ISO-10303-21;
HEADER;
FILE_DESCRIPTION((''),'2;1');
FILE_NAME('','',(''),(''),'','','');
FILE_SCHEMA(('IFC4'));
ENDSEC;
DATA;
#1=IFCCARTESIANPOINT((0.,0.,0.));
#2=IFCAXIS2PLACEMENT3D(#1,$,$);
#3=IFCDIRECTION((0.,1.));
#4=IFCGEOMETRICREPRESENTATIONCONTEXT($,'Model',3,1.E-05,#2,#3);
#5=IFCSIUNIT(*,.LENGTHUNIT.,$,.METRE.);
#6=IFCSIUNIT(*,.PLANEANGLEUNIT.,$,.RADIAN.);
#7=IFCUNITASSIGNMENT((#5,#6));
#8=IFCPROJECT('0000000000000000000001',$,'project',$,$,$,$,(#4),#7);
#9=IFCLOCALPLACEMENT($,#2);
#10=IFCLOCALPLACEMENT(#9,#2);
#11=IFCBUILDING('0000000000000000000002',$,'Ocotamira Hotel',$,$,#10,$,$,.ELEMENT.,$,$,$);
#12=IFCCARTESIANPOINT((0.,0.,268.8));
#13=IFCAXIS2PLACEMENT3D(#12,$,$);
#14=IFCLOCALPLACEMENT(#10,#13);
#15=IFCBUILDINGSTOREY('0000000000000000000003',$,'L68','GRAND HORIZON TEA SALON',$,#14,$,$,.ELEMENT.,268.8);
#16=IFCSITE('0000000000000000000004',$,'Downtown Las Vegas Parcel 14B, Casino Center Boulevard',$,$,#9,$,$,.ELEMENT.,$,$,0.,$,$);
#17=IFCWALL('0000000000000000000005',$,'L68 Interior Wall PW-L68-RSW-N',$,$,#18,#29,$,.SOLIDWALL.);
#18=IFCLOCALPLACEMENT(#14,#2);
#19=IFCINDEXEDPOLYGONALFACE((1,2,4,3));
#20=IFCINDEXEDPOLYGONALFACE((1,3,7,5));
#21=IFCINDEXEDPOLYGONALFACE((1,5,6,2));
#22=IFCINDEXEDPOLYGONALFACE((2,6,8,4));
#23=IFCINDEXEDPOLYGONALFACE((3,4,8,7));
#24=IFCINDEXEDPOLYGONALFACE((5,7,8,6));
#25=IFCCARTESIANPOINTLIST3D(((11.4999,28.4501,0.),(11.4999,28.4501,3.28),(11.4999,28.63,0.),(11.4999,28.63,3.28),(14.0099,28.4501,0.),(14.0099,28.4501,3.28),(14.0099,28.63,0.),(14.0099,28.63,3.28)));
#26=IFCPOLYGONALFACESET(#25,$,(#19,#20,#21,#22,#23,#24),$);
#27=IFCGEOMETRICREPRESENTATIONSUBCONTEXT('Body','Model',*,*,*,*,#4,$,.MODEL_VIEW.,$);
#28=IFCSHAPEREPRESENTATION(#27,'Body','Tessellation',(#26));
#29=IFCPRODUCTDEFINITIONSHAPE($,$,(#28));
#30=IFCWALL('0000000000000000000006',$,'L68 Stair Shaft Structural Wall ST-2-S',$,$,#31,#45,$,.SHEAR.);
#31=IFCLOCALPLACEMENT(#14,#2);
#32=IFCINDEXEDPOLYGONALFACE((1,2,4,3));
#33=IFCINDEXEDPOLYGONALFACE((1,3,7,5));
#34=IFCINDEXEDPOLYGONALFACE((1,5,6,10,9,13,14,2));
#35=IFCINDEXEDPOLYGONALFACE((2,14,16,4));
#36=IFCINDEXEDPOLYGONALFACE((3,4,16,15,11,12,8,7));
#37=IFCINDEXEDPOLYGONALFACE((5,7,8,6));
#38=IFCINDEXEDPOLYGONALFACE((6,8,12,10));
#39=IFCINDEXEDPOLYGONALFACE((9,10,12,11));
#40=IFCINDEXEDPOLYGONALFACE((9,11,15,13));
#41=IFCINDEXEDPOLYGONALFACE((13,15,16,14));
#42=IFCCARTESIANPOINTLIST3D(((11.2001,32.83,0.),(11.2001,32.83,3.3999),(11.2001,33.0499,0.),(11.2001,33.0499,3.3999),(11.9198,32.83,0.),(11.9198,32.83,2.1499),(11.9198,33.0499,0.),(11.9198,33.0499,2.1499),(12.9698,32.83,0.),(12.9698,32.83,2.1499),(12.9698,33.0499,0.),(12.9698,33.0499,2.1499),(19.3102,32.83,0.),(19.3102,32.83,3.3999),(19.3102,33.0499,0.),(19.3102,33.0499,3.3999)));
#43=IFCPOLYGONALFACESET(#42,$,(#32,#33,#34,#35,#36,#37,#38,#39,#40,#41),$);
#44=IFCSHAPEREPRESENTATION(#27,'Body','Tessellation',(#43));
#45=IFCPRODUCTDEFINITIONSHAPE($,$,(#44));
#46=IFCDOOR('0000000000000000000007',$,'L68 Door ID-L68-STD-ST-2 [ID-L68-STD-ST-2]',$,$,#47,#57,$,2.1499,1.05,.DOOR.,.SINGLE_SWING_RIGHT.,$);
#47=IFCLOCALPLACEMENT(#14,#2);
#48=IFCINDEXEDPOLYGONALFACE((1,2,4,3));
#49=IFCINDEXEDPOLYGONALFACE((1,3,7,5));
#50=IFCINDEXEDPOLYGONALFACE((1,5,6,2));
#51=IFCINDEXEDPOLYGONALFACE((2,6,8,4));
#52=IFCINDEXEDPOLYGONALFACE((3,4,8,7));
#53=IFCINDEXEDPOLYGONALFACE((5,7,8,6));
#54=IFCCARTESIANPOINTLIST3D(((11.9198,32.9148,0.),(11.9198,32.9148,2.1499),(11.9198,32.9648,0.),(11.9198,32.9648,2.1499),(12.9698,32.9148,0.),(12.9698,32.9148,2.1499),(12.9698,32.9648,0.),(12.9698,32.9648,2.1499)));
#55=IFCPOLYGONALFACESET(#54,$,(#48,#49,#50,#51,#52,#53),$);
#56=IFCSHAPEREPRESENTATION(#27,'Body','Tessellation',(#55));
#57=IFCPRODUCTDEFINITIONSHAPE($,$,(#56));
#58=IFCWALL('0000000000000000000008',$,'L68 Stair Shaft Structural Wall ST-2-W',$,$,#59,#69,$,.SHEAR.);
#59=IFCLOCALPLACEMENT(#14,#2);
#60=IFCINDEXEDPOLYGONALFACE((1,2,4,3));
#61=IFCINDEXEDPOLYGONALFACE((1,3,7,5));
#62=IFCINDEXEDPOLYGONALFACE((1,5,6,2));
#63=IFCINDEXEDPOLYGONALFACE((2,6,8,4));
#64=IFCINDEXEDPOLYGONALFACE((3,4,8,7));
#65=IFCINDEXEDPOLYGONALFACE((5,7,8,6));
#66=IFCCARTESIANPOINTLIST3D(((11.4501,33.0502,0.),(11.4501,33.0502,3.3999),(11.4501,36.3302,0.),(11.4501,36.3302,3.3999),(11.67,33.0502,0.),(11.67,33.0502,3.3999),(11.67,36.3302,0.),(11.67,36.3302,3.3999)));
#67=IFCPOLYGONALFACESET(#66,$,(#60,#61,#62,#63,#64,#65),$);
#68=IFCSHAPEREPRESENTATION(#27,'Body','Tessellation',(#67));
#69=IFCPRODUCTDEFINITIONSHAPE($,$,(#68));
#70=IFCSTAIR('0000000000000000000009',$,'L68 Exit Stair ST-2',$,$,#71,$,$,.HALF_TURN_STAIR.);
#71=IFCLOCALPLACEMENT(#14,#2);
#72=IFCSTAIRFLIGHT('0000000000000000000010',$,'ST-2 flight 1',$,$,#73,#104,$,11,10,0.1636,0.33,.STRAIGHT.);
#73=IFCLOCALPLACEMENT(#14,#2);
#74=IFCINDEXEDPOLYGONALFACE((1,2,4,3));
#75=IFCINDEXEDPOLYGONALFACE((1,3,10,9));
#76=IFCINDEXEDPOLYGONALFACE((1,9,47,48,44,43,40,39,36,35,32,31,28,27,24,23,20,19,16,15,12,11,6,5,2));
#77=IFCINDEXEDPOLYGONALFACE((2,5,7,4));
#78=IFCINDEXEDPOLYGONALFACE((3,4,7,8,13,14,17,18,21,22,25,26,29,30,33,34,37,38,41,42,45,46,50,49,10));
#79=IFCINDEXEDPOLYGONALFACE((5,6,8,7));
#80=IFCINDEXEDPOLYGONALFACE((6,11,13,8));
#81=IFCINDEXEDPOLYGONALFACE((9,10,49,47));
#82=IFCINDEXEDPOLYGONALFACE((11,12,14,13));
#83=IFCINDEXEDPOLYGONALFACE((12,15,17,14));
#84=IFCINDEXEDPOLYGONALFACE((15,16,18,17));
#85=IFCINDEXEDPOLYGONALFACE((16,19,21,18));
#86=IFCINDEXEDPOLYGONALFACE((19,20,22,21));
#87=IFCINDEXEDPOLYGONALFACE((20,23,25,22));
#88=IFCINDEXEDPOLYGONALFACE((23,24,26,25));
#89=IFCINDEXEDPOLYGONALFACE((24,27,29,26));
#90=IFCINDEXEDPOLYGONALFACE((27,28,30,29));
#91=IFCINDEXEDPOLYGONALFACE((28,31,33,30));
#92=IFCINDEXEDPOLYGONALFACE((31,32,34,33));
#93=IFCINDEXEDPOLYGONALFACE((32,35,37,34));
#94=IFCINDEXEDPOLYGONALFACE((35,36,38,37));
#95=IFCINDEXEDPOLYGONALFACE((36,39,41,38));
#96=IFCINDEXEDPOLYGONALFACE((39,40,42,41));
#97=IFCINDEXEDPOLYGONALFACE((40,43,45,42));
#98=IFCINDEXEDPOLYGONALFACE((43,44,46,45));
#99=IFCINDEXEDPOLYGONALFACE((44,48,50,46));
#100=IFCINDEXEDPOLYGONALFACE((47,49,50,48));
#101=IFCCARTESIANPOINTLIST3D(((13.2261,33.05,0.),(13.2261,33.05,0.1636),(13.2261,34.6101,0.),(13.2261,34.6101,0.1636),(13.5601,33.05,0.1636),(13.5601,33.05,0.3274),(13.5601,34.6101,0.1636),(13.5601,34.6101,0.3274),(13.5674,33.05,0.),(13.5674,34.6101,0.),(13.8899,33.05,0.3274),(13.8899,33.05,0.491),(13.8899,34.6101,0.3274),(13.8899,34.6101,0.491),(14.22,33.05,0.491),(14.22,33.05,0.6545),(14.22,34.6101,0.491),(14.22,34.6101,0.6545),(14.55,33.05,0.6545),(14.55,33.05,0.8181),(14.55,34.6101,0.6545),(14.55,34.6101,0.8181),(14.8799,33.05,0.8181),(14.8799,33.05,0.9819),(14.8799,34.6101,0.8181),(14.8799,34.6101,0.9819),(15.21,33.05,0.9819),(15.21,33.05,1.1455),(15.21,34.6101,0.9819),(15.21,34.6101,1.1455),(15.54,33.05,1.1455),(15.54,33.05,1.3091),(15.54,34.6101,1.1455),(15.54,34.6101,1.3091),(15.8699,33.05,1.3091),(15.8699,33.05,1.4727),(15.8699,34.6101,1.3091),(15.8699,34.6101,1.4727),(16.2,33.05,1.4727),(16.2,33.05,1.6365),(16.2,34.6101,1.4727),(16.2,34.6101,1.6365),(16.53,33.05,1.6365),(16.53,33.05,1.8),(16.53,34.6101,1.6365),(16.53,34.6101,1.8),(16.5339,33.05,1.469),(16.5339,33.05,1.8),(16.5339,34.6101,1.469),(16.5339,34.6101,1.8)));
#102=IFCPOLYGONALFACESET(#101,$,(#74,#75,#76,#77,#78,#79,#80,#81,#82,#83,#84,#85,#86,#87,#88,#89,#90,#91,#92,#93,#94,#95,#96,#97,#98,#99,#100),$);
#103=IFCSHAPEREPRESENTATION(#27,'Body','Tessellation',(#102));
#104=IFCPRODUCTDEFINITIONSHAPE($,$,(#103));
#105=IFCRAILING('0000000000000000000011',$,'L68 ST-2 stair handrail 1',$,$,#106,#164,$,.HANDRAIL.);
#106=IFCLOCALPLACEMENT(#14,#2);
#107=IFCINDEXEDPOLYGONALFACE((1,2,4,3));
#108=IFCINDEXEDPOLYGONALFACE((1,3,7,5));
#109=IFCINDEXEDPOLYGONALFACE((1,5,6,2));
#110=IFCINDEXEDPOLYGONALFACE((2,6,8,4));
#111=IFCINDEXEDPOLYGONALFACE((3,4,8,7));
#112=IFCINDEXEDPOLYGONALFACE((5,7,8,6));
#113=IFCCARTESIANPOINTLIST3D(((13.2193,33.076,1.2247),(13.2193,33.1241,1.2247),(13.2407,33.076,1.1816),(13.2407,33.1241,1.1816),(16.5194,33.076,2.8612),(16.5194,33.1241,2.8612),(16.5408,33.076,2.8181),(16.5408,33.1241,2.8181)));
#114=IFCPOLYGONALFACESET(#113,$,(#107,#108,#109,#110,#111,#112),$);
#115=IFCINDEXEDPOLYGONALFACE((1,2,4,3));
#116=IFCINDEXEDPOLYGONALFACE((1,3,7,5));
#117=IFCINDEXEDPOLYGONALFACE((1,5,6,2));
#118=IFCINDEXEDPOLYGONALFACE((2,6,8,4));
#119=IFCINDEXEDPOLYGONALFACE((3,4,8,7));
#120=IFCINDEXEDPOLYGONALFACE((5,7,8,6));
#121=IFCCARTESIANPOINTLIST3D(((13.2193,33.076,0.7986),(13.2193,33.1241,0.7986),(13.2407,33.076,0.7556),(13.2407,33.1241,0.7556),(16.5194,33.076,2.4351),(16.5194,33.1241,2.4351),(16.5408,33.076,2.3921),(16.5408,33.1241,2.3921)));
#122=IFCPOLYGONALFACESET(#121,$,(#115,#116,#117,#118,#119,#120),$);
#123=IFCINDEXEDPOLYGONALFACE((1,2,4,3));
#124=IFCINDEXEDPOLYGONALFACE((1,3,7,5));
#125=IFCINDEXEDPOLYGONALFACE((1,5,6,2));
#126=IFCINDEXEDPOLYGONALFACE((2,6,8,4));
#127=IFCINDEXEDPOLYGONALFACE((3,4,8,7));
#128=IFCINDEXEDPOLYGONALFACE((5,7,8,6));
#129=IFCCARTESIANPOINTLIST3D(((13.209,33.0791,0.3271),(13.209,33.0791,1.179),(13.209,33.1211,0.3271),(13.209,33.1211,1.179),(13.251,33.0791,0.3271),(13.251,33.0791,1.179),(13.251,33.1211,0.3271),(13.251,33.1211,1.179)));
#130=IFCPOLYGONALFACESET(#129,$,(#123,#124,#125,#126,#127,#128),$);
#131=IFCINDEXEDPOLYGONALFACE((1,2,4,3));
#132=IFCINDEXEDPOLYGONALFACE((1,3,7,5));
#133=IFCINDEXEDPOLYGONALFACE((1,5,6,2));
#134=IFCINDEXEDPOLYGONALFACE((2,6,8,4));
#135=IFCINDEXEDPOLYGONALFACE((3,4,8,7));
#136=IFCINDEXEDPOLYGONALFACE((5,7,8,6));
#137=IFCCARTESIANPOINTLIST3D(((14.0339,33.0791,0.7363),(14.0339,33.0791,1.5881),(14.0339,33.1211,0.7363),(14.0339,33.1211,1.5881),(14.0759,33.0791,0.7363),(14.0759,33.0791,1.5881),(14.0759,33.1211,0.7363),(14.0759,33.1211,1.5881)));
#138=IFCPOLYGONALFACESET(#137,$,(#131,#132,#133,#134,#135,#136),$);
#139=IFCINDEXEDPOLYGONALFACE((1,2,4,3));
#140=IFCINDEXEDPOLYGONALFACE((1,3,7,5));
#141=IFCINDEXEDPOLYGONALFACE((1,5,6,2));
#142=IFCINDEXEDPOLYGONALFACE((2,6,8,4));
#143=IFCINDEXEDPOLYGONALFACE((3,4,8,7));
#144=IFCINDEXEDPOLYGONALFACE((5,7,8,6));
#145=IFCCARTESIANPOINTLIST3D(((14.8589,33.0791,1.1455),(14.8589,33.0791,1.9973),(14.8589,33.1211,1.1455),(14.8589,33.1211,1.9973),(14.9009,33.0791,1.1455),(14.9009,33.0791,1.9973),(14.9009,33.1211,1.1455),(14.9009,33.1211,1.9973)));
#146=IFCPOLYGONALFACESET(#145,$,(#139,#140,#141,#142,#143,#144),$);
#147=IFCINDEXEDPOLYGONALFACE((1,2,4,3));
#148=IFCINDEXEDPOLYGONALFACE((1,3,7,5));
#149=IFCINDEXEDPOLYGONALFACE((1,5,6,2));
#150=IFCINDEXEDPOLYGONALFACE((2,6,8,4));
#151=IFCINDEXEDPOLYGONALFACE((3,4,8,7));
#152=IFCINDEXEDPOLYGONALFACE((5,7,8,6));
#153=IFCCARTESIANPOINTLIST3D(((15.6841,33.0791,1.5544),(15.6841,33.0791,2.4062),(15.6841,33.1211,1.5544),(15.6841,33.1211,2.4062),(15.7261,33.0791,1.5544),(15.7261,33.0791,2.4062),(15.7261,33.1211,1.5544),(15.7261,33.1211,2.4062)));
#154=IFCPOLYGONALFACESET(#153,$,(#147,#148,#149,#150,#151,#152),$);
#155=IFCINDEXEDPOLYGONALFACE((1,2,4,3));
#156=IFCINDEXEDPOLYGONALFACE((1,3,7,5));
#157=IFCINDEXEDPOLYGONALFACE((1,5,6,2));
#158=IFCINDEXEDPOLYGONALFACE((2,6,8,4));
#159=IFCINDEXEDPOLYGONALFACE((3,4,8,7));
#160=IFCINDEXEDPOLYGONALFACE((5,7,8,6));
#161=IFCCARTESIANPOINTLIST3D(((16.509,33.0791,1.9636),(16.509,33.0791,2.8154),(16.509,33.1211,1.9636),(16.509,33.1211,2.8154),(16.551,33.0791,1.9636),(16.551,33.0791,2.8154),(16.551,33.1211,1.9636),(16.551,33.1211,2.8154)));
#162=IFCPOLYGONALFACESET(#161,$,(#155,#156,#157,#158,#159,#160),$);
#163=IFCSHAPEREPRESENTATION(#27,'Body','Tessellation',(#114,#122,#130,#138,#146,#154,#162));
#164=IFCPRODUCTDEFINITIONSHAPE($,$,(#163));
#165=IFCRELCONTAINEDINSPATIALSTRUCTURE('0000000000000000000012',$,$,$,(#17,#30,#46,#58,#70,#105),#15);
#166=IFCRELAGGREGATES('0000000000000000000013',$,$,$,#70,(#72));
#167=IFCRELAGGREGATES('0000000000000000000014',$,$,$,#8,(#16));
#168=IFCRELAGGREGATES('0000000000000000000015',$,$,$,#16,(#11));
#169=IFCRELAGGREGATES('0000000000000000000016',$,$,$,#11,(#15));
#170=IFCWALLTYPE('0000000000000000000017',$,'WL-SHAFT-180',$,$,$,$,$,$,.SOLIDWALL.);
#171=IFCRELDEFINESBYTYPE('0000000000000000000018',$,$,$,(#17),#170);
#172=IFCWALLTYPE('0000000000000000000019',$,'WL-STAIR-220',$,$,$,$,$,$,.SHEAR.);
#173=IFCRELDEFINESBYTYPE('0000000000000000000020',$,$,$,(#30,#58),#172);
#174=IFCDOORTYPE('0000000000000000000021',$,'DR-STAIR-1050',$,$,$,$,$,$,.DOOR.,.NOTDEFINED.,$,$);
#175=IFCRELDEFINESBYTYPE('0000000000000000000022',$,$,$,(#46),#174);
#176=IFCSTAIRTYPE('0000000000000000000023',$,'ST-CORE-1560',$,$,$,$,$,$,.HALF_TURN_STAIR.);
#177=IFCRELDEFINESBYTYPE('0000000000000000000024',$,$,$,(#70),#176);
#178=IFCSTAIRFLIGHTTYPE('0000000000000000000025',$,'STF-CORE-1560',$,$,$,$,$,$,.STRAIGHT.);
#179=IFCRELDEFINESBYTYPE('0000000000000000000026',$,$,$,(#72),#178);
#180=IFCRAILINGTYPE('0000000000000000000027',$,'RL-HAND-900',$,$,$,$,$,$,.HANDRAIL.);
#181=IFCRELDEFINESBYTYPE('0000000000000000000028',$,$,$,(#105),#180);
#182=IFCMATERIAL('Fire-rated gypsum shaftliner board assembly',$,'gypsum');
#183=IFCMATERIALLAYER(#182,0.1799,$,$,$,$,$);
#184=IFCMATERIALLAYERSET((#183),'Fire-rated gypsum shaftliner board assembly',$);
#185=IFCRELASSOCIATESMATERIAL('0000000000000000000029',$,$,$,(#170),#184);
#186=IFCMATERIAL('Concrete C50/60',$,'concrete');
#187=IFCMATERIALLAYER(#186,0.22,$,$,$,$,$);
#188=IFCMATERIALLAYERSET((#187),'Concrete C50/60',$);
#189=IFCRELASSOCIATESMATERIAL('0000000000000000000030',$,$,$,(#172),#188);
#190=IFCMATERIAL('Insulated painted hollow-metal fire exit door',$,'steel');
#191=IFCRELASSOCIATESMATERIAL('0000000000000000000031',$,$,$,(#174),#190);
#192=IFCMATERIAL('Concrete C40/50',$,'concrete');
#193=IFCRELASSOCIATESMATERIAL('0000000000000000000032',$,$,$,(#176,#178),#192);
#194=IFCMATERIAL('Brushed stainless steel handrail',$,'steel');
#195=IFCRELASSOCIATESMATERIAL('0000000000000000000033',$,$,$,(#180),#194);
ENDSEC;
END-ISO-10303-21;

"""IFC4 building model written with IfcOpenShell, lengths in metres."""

from ifc_helpers import new_model, si_unit, direction, frame, frame_2d, origin, origin_2d, place, context, subcontext, project, spatial, polyline, rectangle, outline, extrude, source, transform, mapped, material, layer, layer_set, type_object, element, fill, aggregate, save


model = new_model("IFC4")

# Units and contexts
model_context = context("Model", 3, precision=1e-05, world=origin(), true_north=direction((0.0, 1.0)))
body_context = subcontext(model_context, "Body", "Model", "MODEL_VIEW")
ifc_project = project(units=[si_unit("LENGTHUNIT", "METRE"), si_unit("PLANEANGLEUNIT", "RADIAN")], contexts=[model_context])

# Site, building, storey
site_placement = place(None, origin())
site = spatial("IfcSite", under=ifc_project, at=site_placement, Name="Downtown Las Vegas Parcel 14B, Casino Center Boulevard", CompositionType="ELEMENT", RefElevation=0.0)
building_placement = place(site_placement, origin())
building = spatial("IfcBuilding", under=site, at=building_placement, Name="Ocotamira Hotel", CompositionType="ELEMENT")
storey_placement = place(building_placement, frame((0.0, 0.0, 268.8)))
storey = spatial("IfcBuildingStorey", under=building, at=storey_placement, Name="L68", Description="GRAND HORIZON TEA SALON", CompositionType="ELEMENT", Elevation=268.8)

# Wall
ifc_material_1 = material(Name="Fire-rated gypsum shaftliner board assembly", Category="gypsum")
ifc_layer_1 = layer(ifc_material_1, 0.1799)
ifc_layer_set_1 = layer_set([ifc_layer_1], Name="Fire-rated gypsum shaftliner board assembly")
wall_type_1 = type_object("IfcWallType", Name="WL-SHAFT-180", PredefinedType="SOLIDWALL", material=ifc_layer_set_1)
for number, where, z_axis, x_axis, name in (
    (1, (11.5, 28.54, 0.0), (0.0, 0.0, 1.0), (1.0, 0.0, 0.0), "L68 Interior Wall PW-L68-RSW-N"),
):
    element("IfcWall", number, at=place(storey_placement, frame(where, z_axis=z_axis, x_axis=x_axis)), inside=storey, type_object=wall_type_1, Name=name, PredefinedType="SOLIDWALL", context=body_context, shape_type="SweptSolid", body=[
        extrude(rectangle(XDim=2.51, YDim=0.1799, at=frame_2d((1.2549, 0.0))), origin(), (0.0, 0.0, 1.0), 3.28),
    ])

# Wall, opening, door
ifc_material_2 = material(Name="Concrete C50/60", Category="concrete")
ifc_layer_2 = layer(ifc_material_2, 0.22)
ifc_layer_set_2 = layer_set([ifc_layer_2], Name="Concrete C50/60")
wall_type_2 = type_object("IfcWallType", Name="WL-STAIR-220", PredefinedType="SHEAR", material=ifc_layer_set_2)
wall_1_placement = place(storey_placement, frame((11.2, 32.9399, 0.0), z_axis=(0.0, 0.0, 1.0), x_axis=(1.0, 0.0, 0.0)))
wall_1 = element("IfcWall", 2, at=wall_1_placement, inside=storey, type_object=wall_type_2, Name="L68 Stair Shaft Structural Wall ST-2-S", PredefinedType="SHEAR", context=body_context, shape_type="SweptSolid", body=[
    extrude(rectangle(XDim=8.1101, YDim=0.22, at=frame_2d((4.0552, 0.0))), origin(), (0.0, 0.0, 1.0), 3.3999),
])
opening_1_placement = place(wall_1_placement, frame((0.72, 0.0, 0.0)))
opening_1 = element("IfcOpeningElement", 3, at=opening_1_placement, cuts=wall_1, PredefinedType="OPENING", context=body_context, shape_type="SweptSolid", body=[
    extrude(rectangle(XDim=1.05, YDim=2.1499, at=frame_2d((0.5249, 1.075))), frame((0.0, 0.1201, 0.0), z_axis=(0.0, -1.0, 0.0), x_axis=(1.0, 0.0, 0.0)), (0.0, 0.0, 1.0), 0.24),
])
ifc_material_3 = material(Name="Insulated painted hollow-metal fire exit door", Category="steel")
door_type_1 = type_object("IfcDoorType", Name="DR-STAIR-1050", OperationType="NOTDEFINED", PredefinedType="DOOR", material=ifc_material_3)
shared_shape_1 = source(origin(), body_context, "Body", "SweptSolid", [
    extrude(rectangle(XDim=1.05, YDim=2.1499, at=frame_2d((0.5249, 1.075))), frame((0.0, 0.0249, 0.0), z_axis=(0.0, -1.0, 0.0), x_axis=(1.0, 0.0, 0.0)), (0.0, 0.0, 1.0), 0.05),
])
door_1_placement = place(opening_1_placement, origin())
door_1 = element("IfcDoor", 4, at=door_1_placement, inside=storey, type_object=door_type_1, Name="L68 Door ID-L68-STD-ST-2 [ID-L68-STD-ST-2]", OperationType="SINGLE_SWING_RIGHT", OverallHeight=2.1499, OverallWidth=1.05, PredefinedType="DOOR", context=body_context, shape_type="MappedRepresentation", body=[
    mapped(shared_shape_1, transform((0.0, 0.0, 0.0), scale=1.0)),
])
fill(opening_1, door_1)

# Wall
wall_2_placement = place(storey_placement, frame((11.5601, 33.05, 0.0), z_axis=(0.0, 0.0, 1.0), x_axis=(0.0, 1.0, 0.0)))
element("IfcWall", 5, at=wall_2_placement, inside=storey, type_object=wall_type_2, Name="L68 Stair Shaft Structural Wall ST-2-W", PredefinedType="SHEAR", context=body_context, shape_type="SweptSolid", body=[
    extrude(rectangle(XDim=3.28, YDim=0.22, at=frame_2d((1.6401, 0.0))), origin(), (0.0, 0.0, 1.0), 3.3999),
])

# Stair, stair flight
ifc_material_4 = material(Name="Concrete C40/50", Category="concrete")
stair_type = type_object("IfcStairType", Name="ST-CORE-1560", PredefinedType="HALF_TURN_STAIR", material=ifc_material_4)
stair_placement = place(storey_placement, origin())
stair = element("IfcStair", 6, at=stair_placement, inside=storey, type_object=stair_type, Name="L68 Exit Stair ST-2", PredefinedType="HALF_TURN_STAIR")
stair_flight_type = type_object("IfcStairFlightType", Name="STF-CORE-1560", PredefinedType="STRAIGHT", material=ifc_material_4)
shared_shape_2 = source(origin(), body_context, "Body", "SweptSolid", [
    extrude(outline(polyline([(-0.0039, 0.0), (-0.0039, 0.1636), (0.3301, 0.1636), (0.3301, 0.3274), (0.6599, 0.3274), (0.6599, 0.491), (0.99, 0.491), (0.99, 0.6545), (1.3201, 0.6545), (1.3201, 0.8181), (1.6499, 0.8181), (1.6499, 0.9819), (1.98, 0.9819), (1.98, 1.1455), (2.3101, 1.1455), (2.3101, 1.3091), (2.6399, 1.3091), (2.6399, 1.4727), (2.97, 1.4727), (2.97, 1.6365), (3.3, 1.6365), (3.3, 1.8), (3.304, 1.8), (3.304, 1.469), (0.3374, 0.0), (-0.0039, 0.0)])), frame((0.0, 0.78, 0.0), z_axis=(0.0, -1.0, 0.0), x_axis=(1.0, 0.0, 0.0)), (0.0, 0.0, 1.0), 1.5601),
])
stair_flight_placement = place(storey_placement, frame((13.23, 33.8301, 0.0), z_axis=(0.0, 0.0, 1.0), x_axis=(1.0, 0.0, 0.0)))
stair_flight = element("IfcStairFlight", 7, at=stair_flight_placement, type_object=stair_flight_type, Name="ST-2 flight 1", NumberOfRisers=11, NumberOfTreads=10, PredefinedType="STRAIGHT", RiserHeight=0.1636, TreadLength=0.33, context=body_context, shape_type="MappedRepresentation", body=[
    mapped(shared_shape_2, transform((0.0, 0.0, 0.0), scale=1.0)),
])
aggregate(stair, [stair_flight])

# Railing
ifc_material_5 = material(Name="Brushed stainless steel handrail", Category="steel")
railing_type_1 = type_object("IfcRailingType", Name="RL-HAND-900", PredefinedType="HANDRAIL", material=ifc_material_5)
railing_1_placement = place(storey_placement, frame((13.23, 33.1001, 0.3271)))
element("IfcRailing", 8, at=railing_1_placement, inside=storey, type_object=railing_type_1, Name="L68 ST-2 stair handrail 1", PredefinedType="HANDRAIL", context=body_context, shape_type="SweptSolid", body=[
    extrude(rectangle(XDim=0.0481, YDim=0.0481, at=origin_2d()), frame((0.0, 0.0, 0.876), z_axis=(0.895894, 0.0, 0.444268), x_axis=(0.0, 1.0, 0.0)), (0.0, 0.0, 1.0), 3.6836),
    extrude(rectangle(XDim=0.0481, YDim=0.0481, at=origin_2d()), frame((0.0, 0.0, 0.45), z_axis=(0.895894, 0.0, 0.444268), x_axis=(0.0, 1.0, 0.0)), (0.0, 0.0, 1.0), 3.6836),
    extrude(rectangle(XDim=0.042, YDim=0.042, at=origin_2d()), origin(), (0.0, 0.0, 1.0), 0.8518),
    extrude(rectangle(XDim=0.042, YDim=0.042, at=origin_2d()), frame((0.825, 0.0, 0.4092)), (0.0, 0.0, 1.0), 0.8518),
    extrude(rectangle(XDim=0.042, YDim=0.042, at=origin_2d()), frame((1.6499, 0.0, 0.8184)), (0.0, 0.0, 1.0), 0.8518),
    extrude(rectangle(XDim=0.042, YDim=0.042, at=origin_2d()), frame((2.4751, 0.0, 1.2273)), (0.0, 0.0, 1.0), 0.8518),
    extrude(rectangle(XDim=0.042, YDim=0.042, at=origin_2d()), frame((3.3, 0.0, 1.6365)), (0.0, 0.0, 1.0), 0.8518),
])

save(model, "model.ifc")
